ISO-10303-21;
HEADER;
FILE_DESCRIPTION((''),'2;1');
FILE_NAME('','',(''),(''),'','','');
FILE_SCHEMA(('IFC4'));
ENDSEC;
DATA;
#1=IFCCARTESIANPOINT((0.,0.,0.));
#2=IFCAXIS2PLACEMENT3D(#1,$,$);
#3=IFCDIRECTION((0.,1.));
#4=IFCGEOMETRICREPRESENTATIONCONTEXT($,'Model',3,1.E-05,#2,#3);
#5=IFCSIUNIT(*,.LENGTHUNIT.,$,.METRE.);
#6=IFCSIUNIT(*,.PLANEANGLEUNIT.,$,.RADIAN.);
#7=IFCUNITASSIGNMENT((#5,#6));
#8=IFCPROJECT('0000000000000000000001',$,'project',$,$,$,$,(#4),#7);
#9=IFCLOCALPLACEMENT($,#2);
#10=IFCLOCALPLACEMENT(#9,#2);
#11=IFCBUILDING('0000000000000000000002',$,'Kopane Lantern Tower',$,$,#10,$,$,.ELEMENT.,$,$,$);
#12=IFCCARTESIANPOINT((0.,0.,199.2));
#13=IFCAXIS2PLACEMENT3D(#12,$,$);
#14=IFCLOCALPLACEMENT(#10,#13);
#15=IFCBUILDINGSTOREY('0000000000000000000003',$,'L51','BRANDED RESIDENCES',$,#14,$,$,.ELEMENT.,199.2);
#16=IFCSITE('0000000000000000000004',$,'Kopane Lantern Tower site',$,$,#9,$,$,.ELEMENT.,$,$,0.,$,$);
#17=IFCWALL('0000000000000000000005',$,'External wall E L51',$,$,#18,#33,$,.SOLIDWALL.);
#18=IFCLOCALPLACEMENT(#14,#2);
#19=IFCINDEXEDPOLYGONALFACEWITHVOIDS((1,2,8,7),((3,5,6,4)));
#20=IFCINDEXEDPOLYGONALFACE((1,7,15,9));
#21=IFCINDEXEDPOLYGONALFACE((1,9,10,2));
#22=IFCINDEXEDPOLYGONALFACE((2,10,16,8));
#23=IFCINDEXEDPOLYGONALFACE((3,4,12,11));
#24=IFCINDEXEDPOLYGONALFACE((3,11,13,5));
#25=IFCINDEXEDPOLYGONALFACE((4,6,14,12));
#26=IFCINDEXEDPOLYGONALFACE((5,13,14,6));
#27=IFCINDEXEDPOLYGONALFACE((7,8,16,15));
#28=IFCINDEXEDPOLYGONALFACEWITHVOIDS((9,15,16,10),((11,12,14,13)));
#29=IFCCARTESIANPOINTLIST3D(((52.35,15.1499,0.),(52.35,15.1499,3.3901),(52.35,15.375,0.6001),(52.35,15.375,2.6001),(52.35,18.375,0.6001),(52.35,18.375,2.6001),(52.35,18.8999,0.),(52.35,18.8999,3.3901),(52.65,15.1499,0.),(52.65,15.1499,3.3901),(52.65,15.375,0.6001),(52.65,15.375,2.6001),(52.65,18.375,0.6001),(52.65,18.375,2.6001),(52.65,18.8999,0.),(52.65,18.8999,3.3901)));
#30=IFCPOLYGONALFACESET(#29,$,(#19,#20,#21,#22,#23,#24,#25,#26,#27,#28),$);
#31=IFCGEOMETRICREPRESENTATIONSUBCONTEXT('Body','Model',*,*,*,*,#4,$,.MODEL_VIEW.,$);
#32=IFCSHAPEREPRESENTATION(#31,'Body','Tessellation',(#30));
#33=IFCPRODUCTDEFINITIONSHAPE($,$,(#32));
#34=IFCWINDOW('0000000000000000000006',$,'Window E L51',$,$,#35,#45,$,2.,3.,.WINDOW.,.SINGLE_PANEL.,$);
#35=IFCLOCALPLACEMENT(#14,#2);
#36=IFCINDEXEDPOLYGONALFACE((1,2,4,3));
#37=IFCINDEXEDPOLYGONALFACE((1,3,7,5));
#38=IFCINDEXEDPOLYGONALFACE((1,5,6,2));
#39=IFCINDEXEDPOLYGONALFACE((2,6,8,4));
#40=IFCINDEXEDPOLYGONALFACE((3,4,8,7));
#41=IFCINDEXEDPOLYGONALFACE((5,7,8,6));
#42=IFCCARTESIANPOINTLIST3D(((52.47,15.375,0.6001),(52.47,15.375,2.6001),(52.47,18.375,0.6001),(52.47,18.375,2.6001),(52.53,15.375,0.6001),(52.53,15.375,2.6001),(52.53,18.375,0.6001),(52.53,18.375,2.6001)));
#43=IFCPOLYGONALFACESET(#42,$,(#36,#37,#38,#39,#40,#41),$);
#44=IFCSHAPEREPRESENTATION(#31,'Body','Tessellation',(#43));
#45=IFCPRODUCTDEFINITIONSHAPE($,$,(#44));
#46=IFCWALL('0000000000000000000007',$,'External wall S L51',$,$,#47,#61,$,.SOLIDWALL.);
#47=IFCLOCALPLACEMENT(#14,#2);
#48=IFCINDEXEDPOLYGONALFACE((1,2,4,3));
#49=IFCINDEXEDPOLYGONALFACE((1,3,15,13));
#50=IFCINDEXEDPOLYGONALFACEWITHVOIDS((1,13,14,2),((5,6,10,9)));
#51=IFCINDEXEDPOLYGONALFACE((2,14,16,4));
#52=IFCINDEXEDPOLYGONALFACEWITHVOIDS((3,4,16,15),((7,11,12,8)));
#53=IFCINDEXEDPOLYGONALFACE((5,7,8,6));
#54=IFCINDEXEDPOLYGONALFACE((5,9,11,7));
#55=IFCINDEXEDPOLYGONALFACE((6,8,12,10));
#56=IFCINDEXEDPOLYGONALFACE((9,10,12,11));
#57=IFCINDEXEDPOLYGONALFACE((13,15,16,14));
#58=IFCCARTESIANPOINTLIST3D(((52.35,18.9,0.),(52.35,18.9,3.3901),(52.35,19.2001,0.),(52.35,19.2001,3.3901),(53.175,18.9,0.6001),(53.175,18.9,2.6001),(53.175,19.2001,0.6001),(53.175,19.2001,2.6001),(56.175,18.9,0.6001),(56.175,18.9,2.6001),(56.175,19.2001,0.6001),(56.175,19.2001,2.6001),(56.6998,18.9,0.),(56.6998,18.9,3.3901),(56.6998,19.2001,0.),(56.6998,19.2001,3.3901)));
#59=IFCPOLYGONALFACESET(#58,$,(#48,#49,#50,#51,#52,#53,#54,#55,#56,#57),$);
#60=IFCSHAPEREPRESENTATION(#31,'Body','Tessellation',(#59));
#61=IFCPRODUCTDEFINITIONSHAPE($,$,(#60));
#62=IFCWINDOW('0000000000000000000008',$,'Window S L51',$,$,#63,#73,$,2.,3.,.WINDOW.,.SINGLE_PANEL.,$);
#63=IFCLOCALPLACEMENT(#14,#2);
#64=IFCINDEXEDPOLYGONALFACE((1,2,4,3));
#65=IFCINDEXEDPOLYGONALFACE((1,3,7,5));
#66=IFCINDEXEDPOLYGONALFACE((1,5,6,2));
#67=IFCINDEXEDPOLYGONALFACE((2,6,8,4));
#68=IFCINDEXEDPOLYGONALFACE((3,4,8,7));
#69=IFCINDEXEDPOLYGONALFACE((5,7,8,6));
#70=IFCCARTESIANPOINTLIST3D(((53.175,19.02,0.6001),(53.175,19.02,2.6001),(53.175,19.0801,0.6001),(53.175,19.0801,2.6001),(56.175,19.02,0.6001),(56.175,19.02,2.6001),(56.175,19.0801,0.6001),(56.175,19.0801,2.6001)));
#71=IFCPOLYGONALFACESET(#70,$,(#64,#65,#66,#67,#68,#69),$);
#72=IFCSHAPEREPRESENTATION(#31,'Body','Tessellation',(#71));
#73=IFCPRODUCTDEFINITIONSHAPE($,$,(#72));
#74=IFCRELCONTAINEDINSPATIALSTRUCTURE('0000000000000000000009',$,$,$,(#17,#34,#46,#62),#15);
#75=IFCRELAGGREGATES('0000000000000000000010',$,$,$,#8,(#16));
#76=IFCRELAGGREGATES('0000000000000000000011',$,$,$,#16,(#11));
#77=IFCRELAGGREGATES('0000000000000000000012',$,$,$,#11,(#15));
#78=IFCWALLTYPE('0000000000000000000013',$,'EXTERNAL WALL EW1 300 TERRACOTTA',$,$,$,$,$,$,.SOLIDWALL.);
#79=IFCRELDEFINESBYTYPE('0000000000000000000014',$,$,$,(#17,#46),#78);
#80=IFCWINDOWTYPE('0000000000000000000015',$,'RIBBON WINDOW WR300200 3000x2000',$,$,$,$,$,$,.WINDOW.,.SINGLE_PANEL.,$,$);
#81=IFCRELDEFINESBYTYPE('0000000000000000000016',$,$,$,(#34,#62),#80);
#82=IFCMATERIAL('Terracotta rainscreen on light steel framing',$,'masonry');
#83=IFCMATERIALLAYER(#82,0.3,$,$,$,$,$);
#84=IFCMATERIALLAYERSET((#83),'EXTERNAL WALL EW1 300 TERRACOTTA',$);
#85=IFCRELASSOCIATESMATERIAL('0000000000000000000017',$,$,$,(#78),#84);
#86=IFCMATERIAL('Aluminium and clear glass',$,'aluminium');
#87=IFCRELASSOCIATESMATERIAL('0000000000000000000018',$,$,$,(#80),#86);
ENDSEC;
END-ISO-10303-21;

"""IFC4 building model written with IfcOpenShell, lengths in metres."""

from ifc_helpers import new_model, si_unit, direction, frame, frame_2d, origin, place, context, subcontext, project, spatial, rectangle, extrude, material, layer, layer_set, type_object, element, fill, save


model = new_model("IFC4")

# Units and contexts
model_context = context("Model", 3, precision=1e-05, world=origin(), true_north=direction((0.0, 1.0)))
body_context = subcontext(model_context, "Body", "Model", "MODEL_VIEW")
ifc_project = project(units=[si_unit("LENGTHUNIT", "METRE"), si_unit("PLANEANGLEUNIT", "RADIAN")], contexts=[model_context])

# Site, building, storey
site_placement = place(None, origin())
site = spatial("IfcSite", under=ifc_project, at=site_placement, Name="Kopane Lantern Tower site", CompositionType="ELEMENT", RefElevation=0.0)
building_placement = place(site_placement, origin())
building = spatial("IfcBuilding", under=site, at=building_placement, Name="Kopane Lantern Tower", CompositionType="ELEMENT")
storey_placement = place(building_placement, frame((0.0, 0.0, 199.2)))
storey = spatial("IfcBuildingStorey", under=building, at=storey_placement, Name="L51", Description="BRANDED RESIDENCES", CompositionType="ELEMENT", Elevation=199.2)

# Walls, openings, windows
ifc_material_1 = material(Name="Terracotta rainscreen on light steel framing", Category="masonry")
ifc_layer_1 = layer(ifc_material_1, 0.3)
ifc_layer_set_1 = layer_set([ifc_layer_1], Name="EXTERNAL WALL EW1 300 TERRACOTTA")
wall_type_1 = type_object("IfcWallType", Name="EXTERNAL WALL EW1 300 TERRACOTTA", PredefinedType="SOLIDWALL", material=ifc_layer_set_1)
ifc_material_2 = material(Name="Aluminium and clear glass", Category="aluminium")
window_type = type_object("IfcWindowType", Name="RIBBON WINDOW WR300200 3000x2000", PartitioningType="SINGLE_PANEL", PredefinedType="WINDOW", material=ifc_material_2)
wall_1_placement = place(storey_placement, frame((52.5, 15.1499, 0.0), z_axis=(0.0, 0.0, 1.0), x_axis=(0.0, 1.0, 0.0)))
wall_1 = element("IfcWall", 1, at=wall_1_placement, inside=storey, type_object=wall_type_1, Name="External wall E L51", PredefinedType="SOLIDWALL", context=body_context, shape_type="SweptSolid", body=[
    extrude(rectangle(XDim=3.75, YDim=0.3, at=frame_2d((1.875, 0.0))), origin(), (0.0, 0.0, 1.0), 3.3901),
])
opening_1_placement = place(wall_1_placement, frame((0.2251, 0.0, 0.6001)))
opening_1 = element("IfcOpeningElement", 2, at=opening_1_placement, cuts=wall_1, PredefinedType="OPENING", context=body_context, shape_type="SweptSolid", body=[
    extrude(rectangle(XDim=3.0, YDim=2.0, at=frame_2d((1.5, 1.0))), frame((0.0, 0.1599, 0.0), z_axis=(0.0, -1.0, 0.0), x_axis=(1.0, 0.0, 0.0)), (0.0, 0.0, 1.0), 0.3201),
])
window_1_placement = place(opening_1_placement, origin())
window_1 = element("IfcWindow", 3, at=window_1_placement, inside=storey, type_object=window_type, Name="Window E L51", OverallHeight=2.0, OverallWidth=3.0, PartitioningType="SINGLE_PANEL", PredefinedType="WINDOW", context=body_context, shape_type="SweptSolid", body=[
    extrude(rectangle(XDim=3.0, YDim=2.0, at=frame_2d((1.5, 1.0))), frame((0.0, 0.03, 0.0), z_axis=(0.0, -1.0, 0.0), x_axis=(1.0, 0.0, 0.0)), (0.0, 0.0, 1.0), 0.0601),
])
fill(opening_1, window_1)
wall_2_placement = place(storey_placement, frame((52.3501, 19.05, 0.0), z_axis=(0.0, 0.0, 1.0), x_axis=(1.0, 0.0, 0.0)))
wall_2 = element("IfcWall", 4, at=wall_2_placement, inside=storey, type_object=wall_type_1, Name="External wall S L51", PredefinedType="SOLIDWALL", context=body_context, shape_type="SweptSolid", body=[
    extrude(rectangle(XDim=4.3499, YDim=0.3, at=frame_2d((2.1748, 0.0))), origin(), (0.0, 0.0, 1.0), 3.3901),
])
opening_2_placement = place(wall_2_placement, frame((0.825, 0.0, 0.6001)))
opening_2 = element("IfcOpeningElement", 5, at=opening_2_placement, cuts=wall_2, PredefinedType="OPENING", context=body_context, shape_type="SweptSolid", body=[
    extrude(rectangle(XDim=3.0, YDim=2.0, at=frame_2d((1.5, 1.0))), frame((0.0, 0.1599, 0.0), z_axis=(0.0, -1.0, 0.0), x_axis=(1.0, 0.0, 0.0)), (0.0, 0.0, 1.0), 0.3201),
])
window_2_placement = place(opening_2_placement, origin())
window_2 = element("IfcWindow", 6, at=window_2_placement, inside=storey, type_object=window_type, Name="Window S L51", OverallHeight=2.0, OverallWidth=3.0, PartitioningType="SINGLE_PANEL", PredefinedType="WINDOW", context=body_context, shape_type="SweptSolid", body=[
    extrude(rectangle(XDim=3.0, YDim=2.0, at=frame_2d((1.5, 1.0))), frame((0.0, 0.03, 0.0), z_axis=(0.0, -1.0, 0.0), x_axis=(1.0, 0.0, 0.0)), (0.0, 0.0, 1.0), 0.0601),
])
fill(opening_2, window_2)

save(model, "model.ifc")
